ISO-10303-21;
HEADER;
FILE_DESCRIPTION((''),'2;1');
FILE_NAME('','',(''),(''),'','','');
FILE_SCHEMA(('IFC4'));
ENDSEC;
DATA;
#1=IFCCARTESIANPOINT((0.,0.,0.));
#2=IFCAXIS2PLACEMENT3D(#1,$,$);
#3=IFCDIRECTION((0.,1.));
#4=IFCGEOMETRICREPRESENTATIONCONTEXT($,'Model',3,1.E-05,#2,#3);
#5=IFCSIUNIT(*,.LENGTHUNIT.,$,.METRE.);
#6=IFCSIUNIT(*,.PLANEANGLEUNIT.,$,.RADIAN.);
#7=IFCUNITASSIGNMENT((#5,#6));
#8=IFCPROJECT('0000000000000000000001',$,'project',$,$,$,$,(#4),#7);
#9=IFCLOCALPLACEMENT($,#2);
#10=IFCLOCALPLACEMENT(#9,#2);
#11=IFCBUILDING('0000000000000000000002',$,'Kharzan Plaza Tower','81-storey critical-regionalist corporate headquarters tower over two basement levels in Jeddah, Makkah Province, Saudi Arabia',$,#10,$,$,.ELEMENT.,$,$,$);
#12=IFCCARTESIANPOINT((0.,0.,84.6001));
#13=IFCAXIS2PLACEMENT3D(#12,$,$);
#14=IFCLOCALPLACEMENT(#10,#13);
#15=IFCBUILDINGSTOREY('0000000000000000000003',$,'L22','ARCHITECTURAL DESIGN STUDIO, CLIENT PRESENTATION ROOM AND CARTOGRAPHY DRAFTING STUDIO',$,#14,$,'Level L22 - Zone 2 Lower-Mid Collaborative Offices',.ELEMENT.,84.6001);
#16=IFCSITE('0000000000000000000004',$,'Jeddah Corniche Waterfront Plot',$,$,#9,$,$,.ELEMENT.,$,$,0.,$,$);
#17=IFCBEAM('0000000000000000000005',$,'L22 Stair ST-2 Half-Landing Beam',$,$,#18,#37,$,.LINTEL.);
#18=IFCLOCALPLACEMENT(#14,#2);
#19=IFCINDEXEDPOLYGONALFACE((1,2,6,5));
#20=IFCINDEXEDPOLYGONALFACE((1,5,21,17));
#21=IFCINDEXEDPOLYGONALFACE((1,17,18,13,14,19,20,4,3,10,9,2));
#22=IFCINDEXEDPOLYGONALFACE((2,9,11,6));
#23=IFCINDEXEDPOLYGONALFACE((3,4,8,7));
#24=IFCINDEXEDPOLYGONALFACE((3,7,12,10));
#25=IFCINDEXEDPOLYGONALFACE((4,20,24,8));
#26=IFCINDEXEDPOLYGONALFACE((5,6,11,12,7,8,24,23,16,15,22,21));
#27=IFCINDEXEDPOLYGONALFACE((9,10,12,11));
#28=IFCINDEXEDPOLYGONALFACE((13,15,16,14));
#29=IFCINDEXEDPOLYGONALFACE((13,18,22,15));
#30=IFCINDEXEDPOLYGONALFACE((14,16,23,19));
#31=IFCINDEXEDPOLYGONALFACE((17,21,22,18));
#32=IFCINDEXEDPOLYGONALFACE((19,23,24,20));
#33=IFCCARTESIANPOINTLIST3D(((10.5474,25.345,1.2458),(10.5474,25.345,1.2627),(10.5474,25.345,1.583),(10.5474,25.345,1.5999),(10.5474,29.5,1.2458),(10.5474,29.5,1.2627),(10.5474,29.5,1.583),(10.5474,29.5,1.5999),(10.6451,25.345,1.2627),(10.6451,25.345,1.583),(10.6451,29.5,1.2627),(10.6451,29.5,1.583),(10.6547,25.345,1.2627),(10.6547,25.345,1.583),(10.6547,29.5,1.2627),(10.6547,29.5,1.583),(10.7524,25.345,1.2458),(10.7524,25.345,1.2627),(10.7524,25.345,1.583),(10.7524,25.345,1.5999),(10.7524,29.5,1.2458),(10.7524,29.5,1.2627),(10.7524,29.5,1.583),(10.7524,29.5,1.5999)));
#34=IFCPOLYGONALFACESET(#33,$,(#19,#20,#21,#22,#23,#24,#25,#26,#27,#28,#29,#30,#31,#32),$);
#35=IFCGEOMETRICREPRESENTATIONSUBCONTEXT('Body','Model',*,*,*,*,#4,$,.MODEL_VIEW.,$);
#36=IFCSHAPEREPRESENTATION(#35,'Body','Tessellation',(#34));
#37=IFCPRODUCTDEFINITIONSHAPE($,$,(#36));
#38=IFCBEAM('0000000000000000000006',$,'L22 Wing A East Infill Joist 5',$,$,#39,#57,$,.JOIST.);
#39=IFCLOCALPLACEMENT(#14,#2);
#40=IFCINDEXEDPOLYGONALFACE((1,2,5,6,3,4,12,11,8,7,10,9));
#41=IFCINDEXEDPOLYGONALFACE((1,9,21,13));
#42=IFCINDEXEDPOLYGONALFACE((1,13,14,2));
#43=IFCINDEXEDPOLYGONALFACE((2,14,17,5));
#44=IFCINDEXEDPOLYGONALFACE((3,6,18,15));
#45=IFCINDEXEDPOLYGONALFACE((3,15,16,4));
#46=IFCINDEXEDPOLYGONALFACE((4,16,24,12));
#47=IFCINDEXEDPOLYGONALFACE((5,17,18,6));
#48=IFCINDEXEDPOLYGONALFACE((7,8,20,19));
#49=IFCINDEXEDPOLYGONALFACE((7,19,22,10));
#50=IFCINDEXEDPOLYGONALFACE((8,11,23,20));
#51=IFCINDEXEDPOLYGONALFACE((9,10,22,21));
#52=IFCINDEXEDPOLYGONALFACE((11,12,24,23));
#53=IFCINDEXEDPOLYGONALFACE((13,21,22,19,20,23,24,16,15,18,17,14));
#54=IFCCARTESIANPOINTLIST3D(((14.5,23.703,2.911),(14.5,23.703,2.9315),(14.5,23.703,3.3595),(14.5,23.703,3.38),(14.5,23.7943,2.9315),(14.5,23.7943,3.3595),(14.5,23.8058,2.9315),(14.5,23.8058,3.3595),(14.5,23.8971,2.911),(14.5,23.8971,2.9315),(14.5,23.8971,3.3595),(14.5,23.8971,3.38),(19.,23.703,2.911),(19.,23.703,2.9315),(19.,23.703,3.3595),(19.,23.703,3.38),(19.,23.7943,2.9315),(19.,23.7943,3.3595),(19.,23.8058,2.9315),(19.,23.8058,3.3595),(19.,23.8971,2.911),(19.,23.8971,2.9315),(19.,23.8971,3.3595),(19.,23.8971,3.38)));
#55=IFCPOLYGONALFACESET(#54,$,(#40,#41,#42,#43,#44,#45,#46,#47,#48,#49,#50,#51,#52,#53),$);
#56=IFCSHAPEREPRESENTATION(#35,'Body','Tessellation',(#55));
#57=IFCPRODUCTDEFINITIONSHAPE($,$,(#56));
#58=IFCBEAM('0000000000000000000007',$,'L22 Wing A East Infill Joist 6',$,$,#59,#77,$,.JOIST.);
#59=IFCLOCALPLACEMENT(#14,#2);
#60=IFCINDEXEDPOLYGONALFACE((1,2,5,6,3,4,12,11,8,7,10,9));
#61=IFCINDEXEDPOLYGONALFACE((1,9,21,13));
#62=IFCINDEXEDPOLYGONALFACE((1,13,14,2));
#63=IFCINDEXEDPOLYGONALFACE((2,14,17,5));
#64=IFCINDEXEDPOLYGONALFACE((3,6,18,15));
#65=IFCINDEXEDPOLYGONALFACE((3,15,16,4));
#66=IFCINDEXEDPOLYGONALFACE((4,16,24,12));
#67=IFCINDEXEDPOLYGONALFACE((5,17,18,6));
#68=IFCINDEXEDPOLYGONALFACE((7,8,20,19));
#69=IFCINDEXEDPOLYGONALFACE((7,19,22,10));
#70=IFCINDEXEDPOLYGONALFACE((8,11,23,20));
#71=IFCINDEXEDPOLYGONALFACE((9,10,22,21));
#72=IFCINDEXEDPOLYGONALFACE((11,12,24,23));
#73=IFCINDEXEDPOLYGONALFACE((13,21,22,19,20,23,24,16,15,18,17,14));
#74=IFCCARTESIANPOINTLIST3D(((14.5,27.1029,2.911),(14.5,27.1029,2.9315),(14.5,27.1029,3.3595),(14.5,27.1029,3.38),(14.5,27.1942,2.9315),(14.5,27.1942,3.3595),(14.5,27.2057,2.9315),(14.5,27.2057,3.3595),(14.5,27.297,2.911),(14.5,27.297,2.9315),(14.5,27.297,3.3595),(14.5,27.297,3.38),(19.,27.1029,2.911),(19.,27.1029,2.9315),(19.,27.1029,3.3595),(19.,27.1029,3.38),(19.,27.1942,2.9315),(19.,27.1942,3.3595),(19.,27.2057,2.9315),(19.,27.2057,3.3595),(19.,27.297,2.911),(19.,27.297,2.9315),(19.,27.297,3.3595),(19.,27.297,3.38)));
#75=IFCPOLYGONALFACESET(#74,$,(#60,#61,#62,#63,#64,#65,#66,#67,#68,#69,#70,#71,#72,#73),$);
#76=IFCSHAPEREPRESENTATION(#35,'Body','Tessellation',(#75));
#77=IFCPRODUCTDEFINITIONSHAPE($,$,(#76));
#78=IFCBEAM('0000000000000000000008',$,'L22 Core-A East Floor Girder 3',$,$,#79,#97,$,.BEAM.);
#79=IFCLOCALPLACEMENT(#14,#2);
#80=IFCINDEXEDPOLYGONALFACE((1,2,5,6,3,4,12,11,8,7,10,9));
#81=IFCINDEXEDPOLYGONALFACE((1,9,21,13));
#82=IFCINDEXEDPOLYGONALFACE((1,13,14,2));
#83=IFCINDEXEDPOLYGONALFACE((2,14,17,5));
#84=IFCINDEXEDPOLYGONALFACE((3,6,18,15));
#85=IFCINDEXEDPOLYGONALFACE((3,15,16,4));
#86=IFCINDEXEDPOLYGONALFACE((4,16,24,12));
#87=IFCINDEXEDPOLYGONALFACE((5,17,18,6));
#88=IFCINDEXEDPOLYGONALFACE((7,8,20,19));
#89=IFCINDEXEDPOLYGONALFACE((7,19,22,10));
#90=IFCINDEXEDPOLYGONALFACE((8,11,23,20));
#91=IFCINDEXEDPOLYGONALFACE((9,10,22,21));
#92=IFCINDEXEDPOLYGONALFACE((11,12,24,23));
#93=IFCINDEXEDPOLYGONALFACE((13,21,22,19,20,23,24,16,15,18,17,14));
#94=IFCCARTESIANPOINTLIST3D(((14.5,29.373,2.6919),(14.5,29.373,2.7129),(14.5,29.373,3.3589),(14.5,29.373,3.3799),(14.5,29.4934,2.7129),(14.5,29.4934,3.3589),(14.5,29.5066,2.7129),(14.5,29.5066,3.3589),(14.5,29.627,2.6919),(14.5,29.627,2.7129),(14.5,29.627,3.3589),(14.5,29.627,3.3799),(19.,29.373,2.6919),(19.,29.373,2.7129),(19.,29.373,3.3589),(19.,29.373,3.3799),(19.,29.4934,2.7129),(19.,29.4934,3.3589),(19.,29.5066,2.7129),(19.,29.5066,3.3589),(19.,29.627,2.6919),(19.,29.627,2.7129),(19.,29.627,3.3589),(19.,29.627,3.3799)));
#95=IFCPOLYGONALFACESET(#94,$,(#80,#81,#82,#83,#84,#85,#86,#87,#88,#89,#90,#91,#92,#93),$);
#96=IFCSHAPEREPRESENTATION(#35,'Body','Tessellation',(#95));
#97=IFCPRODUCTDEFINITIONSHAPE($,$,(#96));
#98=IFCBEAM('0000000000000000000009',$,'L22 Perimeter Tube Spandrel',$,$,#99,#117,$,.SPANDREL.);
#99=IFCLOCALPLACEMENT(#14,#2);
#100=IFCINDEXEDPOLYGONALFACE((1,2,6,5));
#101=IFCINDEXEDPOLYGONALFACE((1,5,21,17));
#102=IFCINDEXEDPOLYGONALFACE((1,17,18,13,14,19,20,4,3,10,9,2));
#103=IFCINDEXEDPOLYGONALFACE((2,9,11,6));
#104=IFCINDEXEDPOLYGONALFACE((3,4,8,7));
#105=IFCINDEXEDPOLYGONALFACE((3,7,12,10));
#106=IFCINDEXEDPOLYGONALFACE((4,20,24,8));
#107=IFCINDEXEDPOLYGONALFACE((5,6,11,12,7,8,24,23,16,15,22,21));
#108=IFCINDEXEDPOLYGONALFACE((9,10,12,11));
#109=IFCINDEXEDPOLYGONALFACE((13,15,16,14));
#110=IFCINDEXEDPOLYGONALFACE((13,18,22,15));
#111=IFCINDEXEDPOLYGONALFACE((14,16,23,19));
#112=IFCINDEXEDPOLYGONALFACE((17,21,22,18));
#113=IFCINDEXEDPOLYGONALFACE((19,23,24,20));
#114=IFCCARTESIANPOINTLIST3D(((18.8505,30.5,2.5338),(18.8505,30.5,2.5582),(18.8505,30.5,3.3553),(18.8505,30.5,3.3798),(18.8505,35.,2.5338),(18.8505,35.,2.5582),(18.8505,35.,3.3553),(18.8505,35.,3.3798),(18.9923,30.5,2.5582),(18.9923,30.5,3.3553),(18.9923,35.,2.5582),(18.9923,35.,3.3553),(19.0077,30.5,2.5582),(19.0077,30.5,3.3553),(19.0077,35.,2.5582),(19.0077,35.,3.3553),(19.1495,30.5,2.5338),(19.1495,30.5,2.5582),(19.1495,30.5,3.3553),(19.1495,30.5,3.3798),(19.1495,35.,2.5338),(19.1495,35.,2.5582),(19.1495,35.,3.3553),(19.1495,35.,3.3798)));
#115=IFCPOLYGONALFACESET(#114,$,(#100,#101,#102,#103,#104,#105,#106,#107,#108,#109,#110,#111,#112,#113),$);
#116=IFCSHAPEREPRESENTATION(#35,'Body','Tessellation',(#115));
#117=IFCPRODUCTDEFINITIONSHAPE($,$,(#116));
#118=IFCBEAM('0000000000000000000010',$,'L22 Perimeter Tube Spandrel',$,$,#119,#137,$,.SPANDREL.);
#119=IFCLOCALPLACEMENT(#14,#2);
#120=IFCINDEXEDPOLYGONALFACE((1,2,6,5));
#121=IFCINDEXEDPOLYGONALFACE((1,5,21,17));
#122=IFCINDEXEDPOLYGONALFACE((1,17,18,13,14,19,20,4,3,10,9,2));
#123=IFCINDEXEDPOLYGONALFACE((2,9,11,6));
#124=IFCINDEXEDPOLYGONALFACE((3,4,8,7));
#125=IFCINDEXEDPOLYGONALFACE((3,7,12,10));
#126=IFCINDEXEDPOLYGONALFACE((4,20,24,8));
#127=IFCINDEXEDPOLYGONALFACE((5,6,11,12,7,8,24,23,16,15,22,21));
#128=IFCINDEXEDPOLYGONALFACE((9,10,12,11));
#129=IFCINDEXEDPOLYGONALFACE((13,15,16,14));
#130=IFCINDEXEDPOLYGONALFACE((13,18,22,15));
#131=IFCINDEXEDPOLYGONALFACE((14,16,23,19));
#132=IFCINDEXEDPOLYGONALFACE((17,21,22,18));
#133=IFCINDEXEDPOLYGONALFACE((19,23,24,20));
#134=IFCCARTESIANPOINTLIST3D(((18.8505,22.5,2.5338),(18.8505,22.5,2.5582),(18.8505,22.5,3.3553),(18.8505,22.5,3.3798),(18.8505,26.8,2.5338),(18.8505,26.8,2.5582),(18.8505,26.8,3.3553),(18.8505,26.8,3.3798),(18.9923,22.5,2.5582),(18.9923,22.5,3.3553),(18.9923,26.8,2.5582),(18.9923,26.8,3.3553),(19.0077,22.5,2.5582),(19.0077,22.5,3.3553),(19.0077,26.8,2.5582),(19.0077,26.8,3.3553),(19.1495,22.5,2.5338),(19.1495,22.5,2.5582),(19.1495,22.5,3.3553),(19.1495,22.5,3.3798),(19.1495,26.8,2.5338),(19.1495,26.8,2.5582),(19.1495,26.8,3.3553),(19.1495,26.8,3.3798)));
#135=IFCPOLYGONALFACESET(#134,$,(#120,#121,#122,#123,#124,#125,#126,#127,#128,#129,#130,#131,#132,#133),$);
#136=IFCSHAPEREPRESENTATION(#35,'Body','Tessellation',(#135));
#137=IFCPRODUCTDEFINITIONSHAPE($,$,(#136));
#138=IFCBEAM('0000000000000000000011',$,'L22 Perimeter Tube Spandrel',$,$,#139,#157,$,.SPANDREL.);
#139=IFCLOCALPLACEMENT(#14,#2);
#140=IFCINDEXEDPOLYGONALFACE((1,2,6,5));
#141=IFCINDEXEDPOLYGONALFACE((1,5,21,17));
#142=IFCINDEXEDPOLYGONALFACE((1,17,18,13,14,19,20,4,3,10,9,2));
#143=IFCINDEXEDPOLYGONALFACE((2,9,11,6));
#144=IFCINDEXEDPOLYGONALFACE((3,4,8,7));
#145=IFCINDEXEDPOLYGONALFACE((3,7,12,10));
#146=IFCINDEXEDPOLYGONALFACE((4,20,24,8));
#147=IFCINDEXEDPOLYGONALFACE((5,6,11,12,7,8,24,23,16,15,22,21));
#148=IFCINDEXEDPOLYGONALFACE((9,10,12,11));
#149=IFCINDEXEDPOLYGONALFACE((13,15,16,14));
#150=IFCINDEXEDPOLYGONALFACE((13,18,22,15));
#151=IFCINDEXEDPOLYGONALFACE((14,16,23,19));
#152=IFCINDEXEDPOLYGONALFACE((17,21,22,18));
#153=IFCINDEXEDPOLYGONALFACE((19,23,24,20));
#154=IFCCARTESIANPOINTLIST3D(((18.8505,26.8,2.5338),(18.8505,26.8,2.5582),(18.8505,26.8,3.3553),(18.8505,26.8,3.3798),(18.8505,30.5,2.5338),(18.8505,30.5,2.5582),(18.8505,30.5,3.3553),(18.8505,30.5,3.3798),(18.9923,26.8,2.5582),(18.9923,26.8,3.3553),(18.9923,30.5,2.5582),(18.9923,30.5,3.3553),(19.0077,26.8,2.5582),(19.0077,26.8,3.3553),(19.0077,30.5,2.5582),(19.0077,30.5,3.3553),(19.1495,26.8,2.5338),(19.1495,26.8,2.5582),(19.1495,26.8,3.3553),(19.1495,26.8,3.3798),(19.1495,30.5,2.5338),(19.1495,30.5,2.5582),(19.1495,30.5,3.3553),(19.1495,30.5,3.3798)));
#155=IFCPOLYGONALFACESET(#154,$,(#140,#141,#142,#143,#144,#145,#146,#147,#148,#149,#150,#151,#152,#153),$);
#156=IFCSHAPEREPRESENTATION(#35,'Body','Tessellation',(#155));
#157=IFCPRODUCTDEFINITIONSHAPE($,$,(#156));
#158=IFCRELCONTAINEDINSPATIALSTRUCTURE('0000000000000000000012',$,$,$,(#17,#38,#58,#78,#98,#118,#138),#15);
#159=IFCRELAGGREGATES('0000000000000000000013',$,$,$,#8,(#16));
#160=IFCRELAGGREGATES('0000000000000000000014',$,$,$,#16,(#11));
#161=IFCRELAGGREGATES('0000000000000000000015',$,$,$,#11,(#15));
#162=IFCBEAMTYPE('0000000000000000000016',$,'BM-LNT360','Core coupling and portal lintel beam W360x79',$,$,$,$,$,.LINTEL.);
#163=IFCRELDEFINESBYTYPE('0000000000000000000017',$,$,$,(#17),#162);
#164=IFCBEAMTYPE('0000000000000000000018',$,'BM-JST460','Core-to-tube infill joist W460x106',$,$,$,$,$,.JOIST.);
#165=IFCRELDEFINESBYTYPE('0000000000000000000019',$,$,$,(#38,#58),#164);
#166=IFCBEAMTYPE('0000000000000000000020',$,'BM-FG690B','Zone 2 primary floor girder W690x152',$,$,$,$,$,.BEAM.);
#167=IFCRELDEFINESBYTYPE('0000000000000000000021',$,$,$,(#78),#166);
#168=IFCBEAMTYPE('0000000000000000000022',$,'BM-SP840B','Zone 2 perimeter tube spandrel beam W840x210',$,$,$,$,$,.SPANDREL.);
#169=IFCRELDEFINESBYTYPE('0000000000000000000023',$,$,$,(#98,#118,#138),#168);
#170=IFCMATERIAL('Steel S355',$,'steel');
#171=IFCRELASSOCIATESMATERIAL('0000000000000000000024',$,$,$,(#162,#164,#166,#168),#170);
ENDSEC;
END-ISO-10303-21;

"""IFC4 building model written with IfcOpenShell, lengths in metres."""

from ifc_helpers import new_model, si_unit, direction, frame, origin, origin_2d, place, context, subcontext, project, spatial, i_section, extrude, source, transform, mapped, material, material_profile, profile_set, type_object, element, save


model = new_model("IFC4")

# Units and contexts
model_context = context("Model", 3, precision=1e-05, world=origin(), true_north=direction((0.0, 1.0)))
body_context = subcontext(model_context, "Body", "Model", "MODEL_VIEW")
ifc_project = project(units=[si_unit("LENGTHUNIT", "METRE"), si_unit("PLANEANGLEUNIT", "RADIAN")], contexts=[model_context])

# Site, building, storey
site_placement = place(None, origin())
site = spatial("IfcSite", under=ifc_project, at=site_placement, Name="Jeddah Corniche Waterfront Plot", CompositionType="ELEMENT", RefElevation=0.0)
building_placement = place(site_placement, origin())
building = spatial("IfcBuilding", under=site, at=building_placement, Name="Kharzan Plaza Tower", Description="81-storey critical-regionalist corporate headquarters tower over two basement levels in Jeddah, Makkah Province, Saudi Arabia", CompositionType="ELEMENT")
storey_placement = place(building_placement, frame((0.0, 0.0, 84.6001)))
storey = spatial("IfcBuildingStorey", under=building, at=storey_placement, Name="L22", Description="ARCHITECTURAL DESIGN STUDIO, CLIENT PRESENTATION ROOM AND CARTOGRAPHY DRAFTING STUDIO", LongName="Level L22 - Zone 2 Lower-Mid Collaborative Offices", CompositionType="ELEMENT", Elevation=84.6001)

# Beams
ifc_material_1 = material(Name="Steel S355", Category="steel")
ifc_material_profile_1 = material_profile(ifc_material_1, i_section(OverallWidth=0.2051, OverallDepth=0.354, WebThickness=0.0095, FlangeThickness=0.0168, at=origin_2d()), Name="W360x79")
ifc_profile_set_1 = profile_set([ifc_material_profile_1], Name="Steel S355")
beam_type_1 = type_object("IfcBeamType", Name="BM-LNT360", Description="Core coupling and portal lintel beam W360x79", PredefinedType="LINTEL", material=ifc_profile_set_1)
shared_shape_1 = source(origin(), body_context, "Body", "SweptSolid", [
    extrude(i_section(OverallWidth=0.2051, OverallDepth=0.354, WebThickness=0.0095, FlangeThickness=0.0168, at=origin_2d()), origin(), (0.0, 0.0, 1.0), 4.155),
])
beam_1_placement = place(storey_placement, frame((10.6499, 25.345, 1.4229), z_axis=(0.0, 1.0, 0.0), x_axis=(-1.0, 0.0, 0.0)))
element("IfcBeam", 1, at=beam_1_placement, inside=storey, type_object=beam_type_1, Name="L22 Stair ST-2 Half-Landing Beam", PredefinedType="LINTEL", context=body_context, shape_type="MappedRepresentation", body=[
    mapped(shared_shape_1, transform((0.0, 0.0, 0.0), x_axis=(1.0, 0.0, 0.0), y_axis=(0.0, 1.0, 0.0), z_axis=(0.0, 0.0, 1.0))),
])
ifc_material_profile_2 = material_profile(ifc_material_1, i_section(OverallWidth=0.1941, OverallDepth=0.469, WebThickness=0.0115, FlangeThickness=0.0205, at=origin_2d()), Name="W460x106")
ifc_profile_set_2 = profile_set([ifc_material_profile_2], Name="Steel S355")
beam_type_2 = type_object("IfcBeamType", Name="BM-JST460", Description="Core-to-tube infill joist W460x106", PredefinedType="JOIST", material=ifc_profile_set_2)
shared_shape_2 = source(origin(), body_context, "Body", "SweptSolid", [
    extrude(i_section(OverallWidth=0.1941, OverallDepth=0.469, WebThickness=0.0115, FlangeThickness=0.0205, at=origin_2d()), origin(), (0.0, 0.0, 1.0), 4.5),
])
for number, where, z_axis, x_axis, name in (
    (2, (14.5, 23.8, 3.1455), (1.0, 0.0, 0.0), (0.0, 1.0, 0.0), "L22 Wing A East Infill Joist 5"),
    (3, (14.5, 27.2, 3.1455), (1.0, 0.0, 0.0), (0.0, 1.0, 0.0), "L22 Wing A East Infill Joist 6"),
):
    element("IfcBeam", number, at=place(storey_placement, frame(where, z_axis=z_axis, x_axis=x_axis)), inside=storey, type_object=beam_type_2, Name=name, PredefinedType="JOIST", context=body_context, shape_type="MappedRepresentation", body=[
        mapped(shared_shape_2, transform((0.0, 0.0, 0.0), x_axis=(1.0, 0.0, 0.0), y_axis=(0.0, 1.0, 0.0), z_axis=(0.0, 0.0, 1.0))),
    ])
ifc_material_profile_3 = material_profile(ifc_material_1, i_section(OverallWidth=0.2539, OverallDepth=0.688, WebThickness=0.0132, FlangeThickness=0.021, at=origin_2d()), Name="W690x152")
ifc_profile_set_3 = profile_set([ifc_material_profile_3], Name="Steel S355")
beam_type_3 = type_object("IfcBeamType", Name="BM-FG690B", Description="Zone 2 primary floor girder W690x152", PredefinedType="BEAM", material=ifc_profile_set_3)
shared_shape_3 = source(origin(), body_context, "Body", "SweptSolid", [
    extrude(i_section(OverallWidth=0.2539, OverallDepth=0.688, WebThickness=0.0132, FlangeThickness=0.021, at=origin_2d()), origin(), (0.0, 0.0, 1.0), 4.5),
])
beam_2_placement = place(storey_placement, frame((14.5, 29.5, 3.0359), z_axis=(1.0, 0.0, 0.0), x_axis=(0.0, 1.0, 0.0)))
element("IfcBeam", 4, at=beam_2_placement, inside=storey, type_object=beam_type_3, Name="L22 Core-A East Floor Girder 3", PredefinedType="BEAM", context=body_context, shape_type="MappedRepresentation", body=[
    mapped(shared_shape_3, transform((0.0, 0.0, 0.0), x_axis=(1.0, 0.0, 0.0), y_axis=(0.0, 1.0, 0.0), z_axis=(0.0, 0.0, 1.0))),
])
ifc_material_profile_4 = material_profile(ifc_material_1, i_section(OverallWidth=0.2991, OverallDepth=0.8459, WebThickness=0.0154, FlangeThickness=0.0244, at=origin_2d()), Name="W840x210")
ifc_profile_set_4 = profile_set([ifc_material_profile_4], Name="Steel S355")
beam_type_4 = type_object("IfcBeamType", Name="BM-SP840B", Description="Zone 2 perimeter tube spandrel beam W840x210", PredefinedType="SPANDREL", material=ifc_profile_set_4)
shared_shape_4 = source(origin(), body_context, "Body", "SweptSolid", [
    extrude(i_section(OverallWidth=0.2991, OverallDepth=0.8459, WebThickness=0.0154, FlangeThickness=0.0244, at=origin_2d()), origin(), (0.0, 0.0, 1.0), 4.5),
])
beam_3_placement = place(storey_placement, frame((19.0, 30.5, 2.9568), z_axis=(0.0, 1.0, 0.0), x_axis=(-1.0, 0.0, 0.0)))
element("IfcBeam", 5, at=beam_3_placement, inside=storey, type_object=beam_type_4, Name="L22 Perimeter Tube Spandrel", PredefinedType="SPANDREL", context=body_context, shape_type="MappedRepresentation", body=[
    mapped(shared_shape_4, transform((0.0, 0.0, 0.0), x_axis=(1.0, 0.0, 0.0), y_axis=(0.0, 1.0, 0.0), z_axis=(0.0, 0.0, 1.0))),
])
shared_shape_5 = source(origin(), body_context, "Body", "SweptSolid", [
    extrude(i_section(OverallWidth=0.2991, OverallDepth=0.8459, WebThickness=0.0154, FlangeThickness=0.0244, at=origin_2d()), origin(), (0.0, 0.0, 1.0), 4.3),
])
beam_4_placement = place(storey_placement, frame((19.0, 22.5, 2.9568), z_axis=(0.0, 1.0, 0.0), x_axis=(-1.0, 0.0, 0.0)))
element("IfcBeam", 6, at=beam_4_placement, inside=storey, type_object=beam_type_4, Name="L22 Perimeter Tube Spandrel", PredefinedType="SPANDREL", context=body_context, shape_type="MappedRepresentation", body=[
    mapped(shared_shape_5, transform((0.0, 0.0, 0.0), x_axis=(1.0, 0.0, 0.0), y_axis=(0.0, 1.0, 0.0), z_axis=(0.0, 0.0, 1.0))),
])
shared_shape_6 = source(origin(), body_context, "Body", "SweptSolid", [
    extrude(i_section(OverallWidth=0.2991, OverallDepth=0.8459, WebThickness=0.0154, FlangeThickness=0.0244, at=origin_2d()), origin(), (0.0, 0.0, 1.0), 3.7),
])
beam_5_placement = place(storey_placement, frame((19.0, 26.8, 2.9568), z_axis=(0.0, 1.0, 0.0), x_axis=(-1.0, 0.0, 0.0)))
element("IfcBeam", 7, at=beam_5_placement, inside=storey, type_object=beam_type_4, Name="L22 Perimeter Tube Spandrel", PredefinedType="SPANDREL", context=body_context, shape_type="MappedRepresentation", body=[
    mapped(shared_shape_6, transform((0.0, 0.0, 0.0), x_axis=(1.0, 0.0, 0.0), y_axis=(0.0, 1.0, 0.0), z_axis=(0.0, 0.0, 1.0))),
])

save(model, "model.ifc")
